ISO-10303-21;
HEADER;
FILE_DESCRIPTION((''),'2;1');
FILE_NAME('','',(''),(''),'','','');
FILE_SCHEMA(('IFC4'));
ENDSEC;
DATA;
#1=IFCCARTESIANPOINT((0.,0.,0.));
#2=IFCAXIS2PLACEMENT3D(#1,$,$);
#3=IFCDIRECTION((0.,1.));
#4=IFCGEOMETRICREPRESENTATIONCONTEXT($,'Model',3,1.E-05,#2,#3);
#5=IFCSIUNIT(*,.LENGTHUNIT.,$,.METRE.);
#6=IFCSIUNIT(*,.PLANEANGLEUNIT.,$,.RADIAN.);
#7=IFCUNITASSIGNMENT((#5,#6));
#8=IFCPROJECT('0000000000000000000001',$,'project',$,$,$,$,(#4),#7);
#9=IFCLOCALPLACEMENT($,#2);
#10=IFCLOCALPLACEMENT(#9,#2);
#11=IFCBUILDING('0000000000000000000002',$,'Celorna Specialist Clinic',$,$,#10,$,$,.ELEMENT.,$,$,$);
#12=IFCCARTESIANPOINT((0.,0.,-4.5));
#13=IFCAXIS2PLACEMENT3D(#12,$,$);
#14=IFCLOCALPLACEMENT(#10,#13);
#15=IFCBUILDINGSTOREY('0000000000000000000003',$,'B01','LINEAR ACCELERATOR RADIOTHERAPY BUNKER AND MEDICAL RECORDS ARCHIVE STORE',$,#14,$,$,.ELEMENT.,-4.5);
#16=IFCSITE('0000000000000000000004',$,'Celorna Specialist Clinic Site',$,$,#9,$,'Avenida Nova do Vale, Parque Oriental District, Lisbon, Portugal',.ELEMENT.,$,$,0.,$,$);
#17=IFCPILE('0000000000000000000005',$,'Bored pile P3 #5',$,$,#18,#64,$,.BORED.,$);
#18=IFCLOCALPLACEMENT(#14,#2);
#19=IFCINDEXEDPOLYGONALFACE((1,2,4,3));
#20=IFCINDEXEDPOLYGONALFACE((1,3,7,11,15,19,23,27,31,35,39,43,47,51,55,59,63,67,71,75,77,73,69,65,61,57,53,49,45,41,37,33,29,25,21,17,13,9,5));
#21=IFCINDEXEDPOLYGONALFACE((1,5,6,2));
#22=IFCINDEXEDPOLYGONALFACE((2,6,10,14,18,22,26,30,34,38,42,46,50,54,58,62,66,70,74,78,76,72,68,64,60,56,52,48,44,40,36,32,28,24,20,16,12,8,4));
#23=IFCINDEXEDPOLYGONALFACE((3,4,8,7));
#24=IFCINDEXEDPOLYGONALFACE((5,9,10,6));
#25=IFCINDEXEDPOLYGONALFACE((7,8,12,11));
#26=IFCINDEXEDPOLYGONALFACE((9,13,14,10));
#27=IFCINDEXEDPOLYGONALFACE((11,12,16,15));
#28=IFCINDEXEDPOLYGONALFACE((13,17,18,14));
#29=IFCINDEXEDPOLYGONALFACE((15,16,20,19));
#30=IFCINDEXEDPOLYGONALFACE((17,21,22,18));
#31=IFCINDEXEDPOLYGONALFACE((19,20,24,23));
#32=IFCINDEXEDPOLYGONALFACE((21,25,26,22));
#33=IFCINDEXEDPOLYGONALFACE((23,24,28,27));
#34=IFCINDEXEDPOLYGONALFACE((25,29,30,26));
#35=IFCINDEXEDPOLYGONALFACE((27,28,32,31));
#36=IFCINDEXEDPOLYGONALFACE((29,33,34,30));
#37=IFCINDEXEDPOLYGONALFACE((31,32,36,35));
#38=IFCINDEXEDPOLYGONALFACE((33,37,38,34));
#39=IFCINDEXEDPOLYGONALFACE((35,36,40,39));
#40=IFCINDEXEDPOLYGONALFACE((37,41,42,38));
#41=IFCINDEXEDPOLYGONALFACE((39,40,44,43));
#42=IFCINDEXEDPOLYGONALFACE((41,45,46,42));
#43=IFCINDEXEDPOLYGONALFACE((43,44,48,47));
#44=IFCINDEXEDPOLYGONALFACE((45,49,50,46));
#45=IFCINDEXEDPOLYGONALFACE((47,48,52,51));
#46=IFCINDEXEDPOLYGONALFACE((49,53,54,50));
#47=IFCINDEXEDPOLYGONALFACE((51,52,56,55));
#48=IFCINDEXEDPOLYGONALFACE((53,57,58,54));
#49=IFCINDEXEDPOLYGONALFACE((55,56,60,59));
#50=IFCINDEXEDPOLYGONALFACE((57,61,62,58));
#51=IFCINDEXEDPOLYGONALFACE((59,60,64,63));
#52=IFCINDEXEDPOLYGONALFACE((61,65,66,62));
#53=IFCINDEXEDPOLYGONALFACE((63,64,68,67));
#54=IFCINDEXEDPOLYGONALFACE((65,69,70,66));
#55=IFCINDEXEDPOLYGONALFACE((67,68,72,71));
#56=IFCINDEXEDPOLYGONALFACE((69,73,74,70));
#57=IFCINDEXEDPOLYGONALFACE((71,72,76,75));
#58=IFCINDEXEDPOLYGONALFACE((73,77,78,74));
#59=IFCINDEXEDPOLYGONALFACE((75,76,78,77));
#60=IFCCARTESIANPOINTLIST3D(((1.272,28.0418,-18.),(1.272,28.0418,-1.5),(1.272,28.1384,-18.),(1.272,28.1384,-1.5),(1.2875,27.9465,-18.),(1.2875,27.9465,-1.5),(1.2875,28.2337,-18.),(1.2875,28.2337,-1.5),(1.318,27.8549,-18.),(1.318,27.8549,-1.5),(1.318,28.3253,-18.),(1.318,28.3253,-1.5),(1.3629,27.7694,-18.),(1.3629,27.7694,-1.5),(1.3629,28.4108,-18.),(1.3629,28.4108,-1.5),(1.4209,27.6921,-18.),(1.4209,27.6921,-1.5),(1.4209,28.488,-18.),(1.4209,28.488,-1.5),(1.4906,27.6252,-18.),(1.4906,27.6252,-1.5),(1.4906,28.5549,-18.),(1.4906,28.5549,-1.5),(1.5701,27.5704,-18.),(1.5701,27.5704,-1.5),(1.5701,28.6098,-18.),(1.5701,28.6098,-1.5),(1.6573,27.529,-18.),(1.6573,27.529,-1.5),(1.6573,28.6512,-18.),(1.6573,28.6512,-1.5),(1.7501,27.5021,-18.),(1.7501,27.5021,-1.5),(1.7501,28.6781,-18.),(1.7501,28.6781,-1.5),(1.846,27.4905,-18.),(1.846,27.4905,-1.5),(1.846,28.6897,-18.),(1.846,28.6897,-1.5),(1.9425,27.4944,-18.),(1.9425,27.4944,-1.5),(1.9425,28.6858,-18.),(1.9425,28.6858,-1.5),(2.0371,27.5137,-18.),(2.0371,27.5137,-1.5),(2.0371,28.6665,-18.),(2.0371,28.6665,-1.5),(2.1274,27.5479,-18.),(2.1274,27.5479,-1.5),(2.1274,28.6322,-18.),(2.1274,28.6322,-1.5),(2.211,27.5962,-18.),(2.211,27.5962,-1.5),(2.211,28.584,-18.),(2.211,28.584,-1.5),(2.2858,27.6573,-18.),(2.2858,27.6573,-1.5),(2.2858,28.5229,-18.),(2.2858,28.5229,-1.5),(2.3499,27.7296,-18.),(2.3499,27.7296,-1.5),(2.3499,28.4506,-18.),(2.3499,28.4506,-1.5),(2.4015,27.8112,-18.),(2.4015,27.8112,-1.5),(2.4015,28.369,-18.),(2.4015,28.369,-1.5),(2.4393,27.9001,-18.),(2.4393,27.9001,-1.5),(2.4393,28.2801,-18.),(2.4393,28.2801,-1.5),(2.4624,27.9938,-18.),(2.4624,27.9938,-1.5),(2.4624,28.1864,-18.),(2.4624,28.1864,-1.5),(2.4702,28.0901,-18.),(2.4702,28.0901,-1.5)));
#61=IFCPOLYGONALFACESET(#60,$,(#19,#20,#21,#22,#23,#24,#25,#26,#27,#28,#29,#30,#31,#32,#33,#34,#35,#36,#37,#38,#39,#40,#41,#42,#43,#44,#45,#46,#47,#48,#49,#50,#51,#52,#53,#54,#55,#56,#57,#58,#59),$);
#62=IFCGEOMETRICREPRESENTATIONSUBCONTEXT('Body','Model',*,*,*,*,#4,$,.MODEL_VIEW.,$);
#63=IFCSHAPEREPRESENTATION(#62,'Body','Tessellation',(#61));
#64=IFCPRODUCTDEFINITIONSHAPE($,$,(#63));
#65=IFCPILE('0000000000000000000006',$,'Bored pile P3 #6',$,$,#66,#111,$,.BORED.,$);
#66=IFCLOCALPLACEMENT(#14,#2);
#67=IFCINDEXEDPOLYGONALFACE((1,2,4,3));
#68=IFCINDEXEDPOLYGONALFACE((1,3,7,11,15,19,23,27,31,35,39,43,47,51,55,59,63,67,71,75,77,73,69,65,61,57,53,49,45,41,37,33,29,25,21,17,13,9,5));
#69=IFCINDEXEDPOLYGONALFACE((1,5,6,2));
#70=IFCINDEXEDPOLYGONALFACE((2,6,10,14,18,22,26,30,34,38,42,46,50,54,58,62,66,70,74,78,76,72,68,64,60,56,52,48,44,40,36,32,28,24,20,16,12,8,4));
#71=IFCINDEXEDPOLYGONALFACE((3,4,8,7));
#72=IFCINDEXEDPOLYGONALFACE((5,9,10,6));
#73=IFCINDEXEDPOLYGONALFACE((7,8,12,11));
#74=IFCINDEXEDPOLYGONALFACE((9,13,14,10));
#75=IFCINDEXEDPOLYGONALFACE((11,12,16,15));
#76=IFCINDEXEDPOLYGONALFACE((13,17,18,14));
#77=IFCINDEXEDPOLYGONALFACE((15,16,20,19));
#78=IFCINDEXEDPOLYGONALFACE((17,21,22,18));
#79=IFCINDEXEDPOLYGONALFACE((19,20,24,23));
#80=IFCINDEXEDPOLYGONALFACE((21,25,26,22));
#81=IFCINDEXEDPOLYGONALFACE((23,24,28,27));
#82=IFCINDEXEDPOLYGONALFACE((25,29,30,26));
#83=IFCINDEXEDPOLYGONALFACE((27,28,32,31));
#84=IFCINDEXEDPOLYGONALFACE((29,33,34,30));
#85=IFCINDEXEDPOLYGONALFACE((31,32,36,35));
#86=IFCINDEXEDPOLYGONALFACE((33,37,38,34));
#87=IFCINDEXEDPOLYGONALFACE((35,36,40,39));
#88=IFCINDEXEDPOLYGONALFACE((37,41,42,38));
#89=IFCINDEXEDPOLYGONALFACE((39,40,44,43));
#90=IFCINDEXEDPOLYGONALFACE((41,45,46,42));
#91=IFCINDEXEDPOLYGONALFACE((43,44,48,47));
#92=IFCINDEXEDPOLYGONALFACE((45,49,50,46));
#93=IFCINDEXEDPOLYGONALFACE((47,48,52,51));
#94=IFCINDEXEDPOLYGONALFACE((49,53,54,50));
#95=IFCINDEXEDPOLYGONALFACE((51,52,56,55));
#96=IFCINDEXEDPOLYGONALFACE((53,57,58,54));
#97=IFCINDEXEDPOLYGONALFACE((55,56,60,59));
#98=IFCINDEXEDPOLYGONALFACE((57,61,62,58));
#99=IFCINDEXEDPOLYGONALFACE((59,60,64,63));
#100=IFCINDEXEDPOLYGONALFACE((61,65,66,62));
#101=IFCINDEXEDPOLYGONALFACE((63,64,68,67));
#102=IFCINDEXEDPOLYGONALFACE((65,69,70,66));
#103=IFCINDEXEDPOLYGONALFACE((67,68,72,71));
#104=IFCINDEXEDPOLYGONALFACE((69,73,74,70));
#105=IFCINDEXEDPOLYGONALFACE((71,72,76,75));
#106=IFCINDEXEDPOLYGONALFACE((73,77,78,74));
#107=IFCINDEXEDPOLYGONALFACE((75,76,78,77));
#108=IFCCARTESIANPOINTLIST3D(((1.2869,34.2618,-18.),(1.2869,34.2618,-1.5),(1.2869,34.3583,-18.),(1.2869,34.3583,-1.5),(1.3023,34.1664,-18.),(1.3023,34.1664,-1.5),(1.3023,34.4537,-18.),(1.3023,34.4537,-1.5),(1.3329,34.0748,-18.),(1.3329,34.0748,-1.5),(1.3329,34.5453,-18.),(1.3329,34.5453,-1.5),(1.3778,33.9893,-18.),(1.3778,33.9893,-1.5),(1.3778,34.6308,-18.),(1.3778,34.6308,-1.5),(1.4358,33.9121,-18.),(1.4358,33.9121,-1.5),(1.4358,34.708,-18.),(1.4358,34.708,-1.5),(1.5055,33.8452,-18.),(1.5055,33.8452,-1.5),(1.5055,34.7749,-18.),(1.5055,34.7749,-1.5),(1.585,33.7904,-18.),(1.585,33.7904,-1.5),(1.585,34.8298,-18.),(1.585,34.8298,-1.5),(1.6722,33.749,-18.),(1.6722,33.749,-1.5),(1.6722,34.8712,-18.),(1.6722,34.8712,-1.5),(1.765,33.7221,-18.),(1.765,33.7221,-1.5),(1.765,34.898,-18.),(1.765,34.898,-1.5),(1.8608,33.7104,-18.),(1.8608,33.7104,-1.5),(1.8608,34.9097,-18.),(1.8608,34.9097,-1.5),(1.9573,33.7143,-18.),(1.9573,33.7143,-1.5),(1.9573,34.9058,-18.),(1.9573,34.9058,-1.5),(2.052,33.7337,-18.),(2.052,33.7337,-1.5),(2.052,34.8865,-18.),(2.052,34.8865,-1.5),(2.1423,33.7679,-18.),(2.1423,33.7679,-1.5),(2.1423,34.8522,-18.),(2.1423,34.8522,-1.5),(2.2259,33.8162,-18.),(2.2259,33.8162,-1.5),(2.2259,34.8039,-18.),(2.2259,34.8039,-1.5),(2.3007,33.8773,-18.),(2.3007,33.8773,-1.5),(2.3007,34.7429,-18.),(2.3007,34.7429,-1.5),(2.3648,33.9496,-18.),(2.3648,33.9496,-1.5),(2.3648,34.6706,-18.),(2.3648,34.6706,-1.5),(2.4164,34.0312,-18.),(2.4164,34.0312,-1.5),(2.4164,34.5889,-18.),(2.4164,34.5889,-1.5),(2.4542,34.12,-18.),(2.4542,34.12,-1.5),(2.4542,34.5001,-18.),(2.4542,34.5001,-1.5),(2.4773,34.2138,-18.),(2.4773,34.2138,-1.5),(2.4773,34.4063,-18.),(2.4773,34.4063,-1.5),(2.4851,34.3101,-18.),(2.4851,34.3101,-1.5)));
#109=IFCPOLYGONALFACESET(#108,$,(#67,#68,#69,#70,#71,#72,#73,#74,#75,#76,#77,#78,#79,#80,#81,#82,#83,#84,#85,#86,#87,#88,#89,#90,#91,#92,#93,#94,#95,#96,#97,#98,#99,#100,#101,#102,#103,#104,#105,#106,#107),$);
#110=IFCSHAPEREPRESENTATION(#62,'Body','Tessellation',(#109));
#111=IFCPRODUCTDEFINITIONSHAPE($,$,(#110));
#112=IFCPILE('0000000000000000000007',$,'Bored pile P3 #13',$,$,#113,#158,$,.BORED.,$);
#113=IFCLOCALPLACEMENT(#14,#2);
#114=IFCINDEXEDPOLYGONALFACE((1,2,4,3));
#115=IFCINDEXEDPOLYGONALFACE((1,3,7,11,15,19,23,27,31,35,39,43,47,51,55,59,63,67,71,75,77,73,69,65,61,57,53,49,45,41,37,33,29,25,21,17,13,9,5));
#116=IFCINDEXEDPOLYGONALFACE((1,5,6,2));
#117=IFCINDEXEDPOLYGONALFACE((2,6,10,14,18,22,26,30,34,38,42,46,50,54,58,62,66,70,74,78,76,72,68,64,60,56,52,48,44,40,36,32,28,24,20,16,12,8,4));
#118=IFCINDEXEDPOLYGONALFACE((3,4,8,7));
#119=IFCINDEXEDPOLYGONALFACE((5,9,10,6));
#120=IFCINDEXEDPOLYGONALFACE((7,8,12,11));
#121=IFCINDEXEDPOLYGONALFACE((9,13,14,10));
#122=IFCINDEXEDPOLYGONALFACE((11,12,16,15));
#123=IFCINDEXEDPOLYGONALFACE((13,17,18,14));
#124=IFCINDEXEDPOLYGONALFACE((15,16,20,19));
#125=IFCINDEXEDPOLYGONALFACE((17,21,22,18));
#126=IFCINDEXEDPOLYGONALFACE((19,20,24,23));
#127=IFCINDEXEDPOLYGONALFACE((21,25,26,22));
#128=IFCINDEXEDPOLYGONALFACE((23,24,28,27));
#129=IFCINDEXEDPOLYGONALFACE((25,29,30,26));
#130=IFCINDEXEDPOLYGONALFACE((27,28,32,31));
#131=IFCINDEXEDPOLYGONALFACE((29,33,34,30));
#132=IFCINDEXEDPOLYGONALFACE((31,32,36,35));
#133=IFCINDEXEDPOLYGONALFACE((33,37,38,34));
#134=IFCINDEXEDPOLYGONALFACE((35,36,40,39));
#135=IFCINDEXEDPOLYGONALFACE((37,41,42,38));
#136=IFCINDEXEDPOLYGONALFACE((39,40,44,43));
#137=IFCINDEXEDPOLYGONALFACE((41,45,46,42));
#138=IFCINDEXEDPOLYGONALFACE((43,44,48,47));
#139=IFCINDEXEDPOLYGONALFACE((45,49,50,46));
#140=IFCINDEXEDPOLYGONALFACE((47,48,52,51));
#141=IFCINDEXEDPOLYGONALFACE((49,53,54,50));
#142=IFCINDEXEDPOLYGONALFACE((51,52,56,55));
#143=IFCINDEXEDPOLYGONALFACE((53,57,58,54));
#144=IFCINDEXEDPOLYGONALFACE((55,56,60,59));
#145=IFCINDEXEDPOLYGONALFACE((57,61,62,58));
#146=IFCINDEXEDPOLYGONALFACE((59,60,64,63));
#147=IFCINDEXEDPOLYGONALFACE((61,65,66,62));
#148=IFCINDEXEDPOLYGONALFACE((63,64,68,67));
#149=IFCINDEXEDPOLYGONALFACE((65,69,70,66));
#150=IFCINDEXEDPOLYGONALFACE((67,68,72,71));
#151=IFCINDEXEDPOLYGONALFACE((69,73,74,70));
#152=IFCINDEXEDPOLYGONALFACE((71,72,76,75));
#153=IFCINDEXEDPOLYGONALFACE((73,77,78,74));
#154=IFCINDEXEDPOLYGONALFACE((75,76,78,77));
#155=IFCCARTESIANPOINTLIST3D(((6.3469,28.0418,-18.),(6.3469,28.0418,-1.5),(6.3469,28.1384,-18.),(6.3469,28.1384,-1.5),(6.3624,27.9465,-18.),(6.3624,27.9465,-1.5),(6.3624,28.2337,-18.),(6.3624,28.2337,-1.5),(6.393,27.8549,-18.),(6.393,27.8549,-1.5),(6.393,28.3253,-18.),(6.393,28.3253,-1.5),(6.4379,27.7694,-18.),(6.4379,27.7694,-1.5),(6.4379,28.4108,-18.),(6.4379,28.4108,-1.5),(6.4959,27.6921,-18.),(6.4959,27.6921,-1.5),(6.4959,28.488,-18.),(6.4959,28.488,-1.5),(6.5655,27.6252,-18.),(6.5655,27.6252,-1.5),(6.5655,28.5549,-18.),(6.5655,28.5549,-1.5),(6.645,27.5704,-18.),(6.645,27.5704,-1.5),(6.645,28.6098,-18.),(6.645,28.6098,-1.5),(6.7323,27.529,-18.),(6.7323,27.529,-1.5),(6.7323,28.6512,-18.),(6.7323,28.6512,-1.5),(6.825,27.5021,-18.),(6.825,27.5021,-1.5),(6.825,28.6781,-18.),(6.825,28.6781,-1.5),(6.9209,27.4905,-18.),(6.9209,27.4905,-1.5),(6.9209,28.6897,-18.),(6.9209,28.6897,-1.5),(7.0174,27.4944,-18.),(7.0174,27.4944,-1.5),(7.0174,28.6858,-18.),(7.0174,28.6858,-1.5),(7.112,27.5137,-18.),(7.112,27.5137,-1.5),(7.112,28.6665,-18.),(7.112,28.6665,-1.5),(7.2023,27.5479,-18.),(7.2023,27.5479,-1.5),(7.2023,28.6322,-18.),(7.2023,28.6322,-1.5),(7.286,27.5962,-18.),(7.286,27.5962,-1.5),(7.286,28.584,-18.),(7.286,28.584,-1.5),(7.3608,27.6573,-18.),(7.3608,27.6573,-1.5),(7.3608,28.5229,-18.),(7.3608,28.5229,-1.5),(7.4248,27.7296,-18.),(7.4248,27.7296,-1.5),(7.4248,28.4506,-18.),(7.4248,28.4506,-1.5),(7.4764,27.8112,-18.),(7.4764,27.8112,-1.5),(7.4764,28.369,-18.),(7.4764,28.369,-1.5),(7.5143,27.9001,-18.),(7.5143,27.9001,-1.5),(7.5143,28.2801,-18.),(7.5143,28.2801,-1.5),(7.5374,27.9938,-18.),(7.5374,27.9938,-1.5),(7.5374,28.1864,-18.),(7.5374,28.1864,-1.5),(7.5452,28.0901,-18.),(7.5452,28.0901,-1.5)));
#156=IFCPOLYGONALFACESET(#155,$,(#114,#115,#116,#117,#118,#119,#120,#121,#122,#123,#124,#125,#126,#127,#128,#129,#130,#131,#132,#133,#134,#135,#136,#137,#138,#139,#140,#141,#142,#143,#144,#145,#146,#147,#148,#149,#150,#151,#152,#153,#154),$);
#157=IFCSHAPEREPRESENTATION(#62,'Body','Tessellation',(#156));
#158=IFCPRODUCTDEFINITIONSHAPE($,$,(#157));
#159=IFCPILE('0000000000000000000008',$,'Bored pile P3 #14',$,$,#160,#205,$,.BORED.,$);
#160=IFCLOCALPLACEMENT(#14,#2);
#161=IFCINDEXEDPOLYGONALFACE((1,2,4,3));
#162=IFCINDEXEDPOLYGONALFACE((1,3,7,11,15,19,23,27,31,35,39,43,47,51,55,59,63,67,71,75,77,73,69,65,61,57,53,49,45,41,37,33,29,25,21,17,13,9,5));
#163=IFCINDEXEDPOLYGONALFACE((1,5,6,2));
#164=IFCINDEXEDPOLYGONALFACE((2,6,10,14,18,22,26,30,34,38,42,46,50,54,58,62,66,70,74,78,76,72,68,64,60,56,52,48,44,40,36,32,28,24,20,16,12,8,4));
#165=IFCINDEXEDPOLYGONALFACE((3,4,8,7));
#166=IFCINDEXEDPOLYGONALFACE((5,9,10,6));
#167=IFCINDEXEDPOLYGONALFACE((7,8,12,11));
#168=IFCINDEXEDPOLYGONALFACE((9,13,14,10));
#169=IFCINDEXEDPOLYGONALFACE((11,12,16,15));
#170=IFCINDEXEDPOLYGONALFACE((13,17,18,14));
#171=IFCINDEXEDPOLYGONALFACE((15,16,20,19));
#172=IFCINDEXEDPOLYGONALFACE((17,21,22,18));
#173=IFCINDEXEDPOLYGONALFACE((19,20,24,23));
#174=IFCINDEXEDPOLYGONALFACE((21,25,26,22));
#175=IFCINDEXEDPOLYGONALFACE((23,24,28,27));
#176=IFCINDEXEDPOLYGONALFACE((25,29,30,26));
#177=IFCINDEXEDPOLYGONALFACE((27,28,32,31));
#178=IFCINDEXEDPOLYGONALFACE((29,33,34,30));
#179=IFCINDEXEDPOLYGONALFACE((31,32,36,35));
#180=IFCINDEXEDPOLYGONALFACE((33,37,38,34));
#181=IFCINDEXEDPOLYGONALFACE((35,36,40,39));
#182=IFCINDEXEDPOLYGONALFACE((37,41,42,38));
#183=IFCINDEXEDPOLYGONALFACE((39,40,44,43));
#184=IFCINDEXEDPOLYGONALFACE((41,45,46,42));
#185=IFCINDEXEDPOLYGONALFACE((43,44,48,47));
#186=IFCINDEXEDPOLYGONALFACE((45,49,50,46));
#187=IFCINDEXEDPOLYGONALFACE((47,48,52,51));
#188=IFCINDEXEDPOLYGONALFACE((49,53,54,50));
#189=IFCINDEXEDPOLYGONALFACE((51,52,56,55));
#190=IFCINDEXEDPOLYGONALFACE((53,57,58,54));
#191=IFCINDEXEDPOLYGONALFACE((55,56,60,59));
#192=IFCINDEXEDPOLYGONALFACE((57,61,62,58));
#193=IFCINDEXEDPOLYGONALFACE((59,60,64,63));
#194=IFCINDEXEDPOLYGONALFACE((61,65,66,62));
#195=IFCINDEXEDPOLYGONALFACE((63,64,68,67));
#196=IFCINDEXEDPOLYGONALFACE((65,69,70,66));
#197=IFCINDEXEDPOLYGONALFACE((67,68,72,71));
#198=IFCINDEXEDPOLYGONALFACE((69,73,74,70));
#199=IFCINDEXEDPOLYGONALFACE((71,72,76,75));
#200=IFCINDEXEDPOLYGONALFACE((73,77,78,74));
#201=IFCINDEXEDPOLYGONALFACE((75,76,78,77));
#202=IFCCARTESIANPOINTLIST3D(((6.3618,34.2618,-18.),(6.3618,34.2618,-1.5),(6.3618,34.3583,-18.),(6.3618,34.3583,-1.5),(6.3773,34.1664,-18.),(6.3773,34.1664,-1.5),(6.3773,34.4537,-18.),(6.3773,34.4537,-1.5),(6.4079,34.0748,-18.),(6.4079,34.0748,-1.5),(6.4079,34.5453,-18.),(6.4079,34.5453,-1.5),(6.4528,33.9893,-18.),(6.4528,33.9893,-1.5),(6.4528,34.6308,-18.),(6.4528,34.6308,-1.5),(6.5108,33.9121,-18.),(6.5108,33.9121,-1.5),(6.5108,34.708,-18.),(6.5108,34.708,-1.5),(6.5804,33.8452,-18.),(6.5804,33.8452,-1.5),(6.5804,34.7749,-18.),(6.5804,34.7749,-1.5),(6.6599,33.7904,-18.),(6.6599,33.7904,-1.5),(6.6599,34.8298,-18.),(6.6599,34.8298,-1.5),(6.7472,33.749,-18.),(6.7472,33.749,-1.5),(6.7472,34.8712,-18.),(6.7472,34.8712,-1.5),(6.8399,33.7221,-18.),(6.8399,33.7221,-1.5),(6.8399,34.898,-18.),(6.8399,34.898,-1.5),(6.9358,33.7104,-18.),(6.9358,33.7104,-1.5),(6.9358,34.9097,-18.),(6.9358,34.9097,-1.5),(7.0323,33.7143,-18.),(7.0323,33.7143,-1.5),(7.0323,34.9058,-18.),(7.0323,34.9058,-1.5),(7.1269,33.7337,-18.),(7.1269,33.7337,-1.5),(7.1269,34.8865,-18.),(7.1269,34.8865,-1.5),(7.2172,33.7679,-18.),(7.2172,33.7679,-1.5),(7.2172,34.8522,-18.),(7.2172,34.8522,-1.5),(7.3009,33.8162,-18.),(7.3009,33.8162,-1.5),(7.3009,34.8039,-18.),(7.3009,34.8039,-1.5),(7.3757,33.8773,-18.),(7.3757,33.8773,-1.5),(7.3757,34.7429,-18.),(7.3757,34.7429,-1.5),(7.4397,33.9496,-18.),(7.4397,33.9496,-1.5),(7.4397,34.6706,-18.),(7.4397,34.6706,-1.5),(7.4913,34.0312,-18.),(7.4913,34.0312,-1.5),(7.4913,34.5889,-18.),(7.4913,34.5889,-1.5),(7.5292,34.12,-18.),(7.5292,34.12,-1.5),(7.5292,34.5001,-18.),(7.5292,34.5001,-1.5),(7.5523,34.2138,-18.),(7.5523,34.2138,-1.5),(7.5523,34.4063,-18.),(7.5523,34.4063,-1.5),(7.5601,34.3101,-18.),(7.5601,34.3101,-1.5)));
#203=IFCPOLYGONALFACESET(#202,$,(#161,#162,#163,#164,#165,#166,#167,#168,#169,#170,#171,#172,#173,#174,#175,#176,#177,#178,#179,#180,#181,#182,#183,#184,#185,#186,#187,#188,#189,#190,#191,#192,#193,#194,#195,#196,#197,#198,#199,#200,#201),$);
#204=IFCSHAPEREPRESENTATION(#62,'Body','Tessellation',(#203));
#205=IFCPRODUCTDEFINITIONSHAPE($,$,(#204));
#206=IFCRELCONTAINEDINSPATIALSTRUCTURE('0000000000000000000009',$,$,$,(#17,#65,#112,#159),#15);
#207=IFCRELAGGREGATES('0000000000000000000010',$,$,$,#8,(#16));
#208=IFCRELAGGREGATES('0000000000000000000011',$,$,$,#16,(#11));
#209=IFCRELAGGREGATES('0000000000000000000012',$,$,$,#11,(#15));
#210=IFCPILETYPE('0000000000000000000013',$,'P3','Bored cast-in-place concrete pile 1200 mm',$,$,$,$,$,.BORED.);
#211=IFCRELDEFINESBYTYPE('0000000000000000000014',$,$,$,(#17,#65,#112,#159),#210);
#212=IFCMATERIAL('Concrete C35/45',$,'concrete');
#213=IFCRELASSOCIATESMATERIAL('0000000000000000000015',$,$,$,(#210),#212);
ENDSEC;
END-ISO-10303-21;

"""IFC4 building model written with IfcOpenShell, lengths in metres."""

from ifc_helpers import new_model, si_unit, direction, frame, origin, origin_2d, place, context, subcontext, project, spatial, circle, extrude, material, material_profile, profile_set, type_object, element, save


model = new_model("IFC4")

# Units and contexts
model_context = context("Model", 3, precision=1e-05, world=origin(), true_north=direction((0.0, 1.0)))
body_context = subcontext(model_context, "Body", "Model", "MODEL_VIEW")
ifc_project = project(units=[si_unit("LENGTHUNIT", "METRE"), si_unit("PLANEANGLEUNIT", "RADIAN")], contexts=[model_context])

# Site, building, storey
site_placement = place(None, origin())
site = spatial("IfcSite", under=ifc_project, at=site_placement, Name="Celorna Specialist Clinic Site", LongName="Avenida Nova do Vale, Parque Oriental District, Lisbon, Portugal", CompositionType="ELEMENT", RefElevation=0.0)
building_placement = place(site_placement, origin())
building = spatial("IfcBuilding", under=site, at=building_placement, Name="Celorna Specialist Clinic", CompositionType="ELEMENT")
storey_placement = place(building_placement, frame((0.0, 0.0, -4.5)))
storey = spatial("IfcBuildingStorey", under=building, at=storey_placement, Name="B01", Description="LINEAR ACCELERATOR RADIOTHERAPY BUNKER AND MEDICAL RECORDS ARCHIVE STORE", CompositionType="ELEMENT", Elevation=-4.5)

# Piles
ifc_material_1 = material(Name="Concrete C35/45", Category="concrete")
ifc_material_profile_1 = material_profile(ifc_material_1, circle(Radius=0.6001, at=origin_2d()), Name="BORED PILE 1200")
ifc_profile_set_1 = profile_set([ifc_material_profile_1], Name="Concrete C35/45")
pile_type = type_object("IfcPileType", Name="P3", Description="Bored cast-in-place concrete pile 1200 mm", PredefinedType="BORED", material=ifc_profile_set_1)
for number, where, z_axis, x_axis, name in (
    (1, (1.8701, 28.0901, -1.5), (0.0, 0.0, -1.0), (1.0, 0.0, 0.0), "Bored pile P3 #5"),
    (2, (1.885, 34.3101, -1.5), (0.0, 0.0, -1.0), (1.0, 0.0, 0.0), "Bored pile P3 #6"),
    (3, (6.9451, 28.0901, -1.5), (0.0, 0.0, -1.0), (1.0, 0.0, 0.0), "Bored pile P3 #13"),
    (4, (6.96, 34.3101, -1.5), (0.0, 0.0, -1.0), (1.0, 0.0, 0.0), "Bored pile P3 #14"),
):
    element("IfcPile", number, at=place(storey_placement, frame(where, z_axis=z_axis, x_axis=x_axis)), inside=storey, type_object=pile_type, Name=name, PredefinedType="BORED", context=body_context, shape_type="SweptSolid", body=[
        extrude(circle(Radius=0.6001, at=origin_2d()), origin(), (0.0, 0.0, 1.0), 16.5),
    ])

save(model, "model.ifc")
